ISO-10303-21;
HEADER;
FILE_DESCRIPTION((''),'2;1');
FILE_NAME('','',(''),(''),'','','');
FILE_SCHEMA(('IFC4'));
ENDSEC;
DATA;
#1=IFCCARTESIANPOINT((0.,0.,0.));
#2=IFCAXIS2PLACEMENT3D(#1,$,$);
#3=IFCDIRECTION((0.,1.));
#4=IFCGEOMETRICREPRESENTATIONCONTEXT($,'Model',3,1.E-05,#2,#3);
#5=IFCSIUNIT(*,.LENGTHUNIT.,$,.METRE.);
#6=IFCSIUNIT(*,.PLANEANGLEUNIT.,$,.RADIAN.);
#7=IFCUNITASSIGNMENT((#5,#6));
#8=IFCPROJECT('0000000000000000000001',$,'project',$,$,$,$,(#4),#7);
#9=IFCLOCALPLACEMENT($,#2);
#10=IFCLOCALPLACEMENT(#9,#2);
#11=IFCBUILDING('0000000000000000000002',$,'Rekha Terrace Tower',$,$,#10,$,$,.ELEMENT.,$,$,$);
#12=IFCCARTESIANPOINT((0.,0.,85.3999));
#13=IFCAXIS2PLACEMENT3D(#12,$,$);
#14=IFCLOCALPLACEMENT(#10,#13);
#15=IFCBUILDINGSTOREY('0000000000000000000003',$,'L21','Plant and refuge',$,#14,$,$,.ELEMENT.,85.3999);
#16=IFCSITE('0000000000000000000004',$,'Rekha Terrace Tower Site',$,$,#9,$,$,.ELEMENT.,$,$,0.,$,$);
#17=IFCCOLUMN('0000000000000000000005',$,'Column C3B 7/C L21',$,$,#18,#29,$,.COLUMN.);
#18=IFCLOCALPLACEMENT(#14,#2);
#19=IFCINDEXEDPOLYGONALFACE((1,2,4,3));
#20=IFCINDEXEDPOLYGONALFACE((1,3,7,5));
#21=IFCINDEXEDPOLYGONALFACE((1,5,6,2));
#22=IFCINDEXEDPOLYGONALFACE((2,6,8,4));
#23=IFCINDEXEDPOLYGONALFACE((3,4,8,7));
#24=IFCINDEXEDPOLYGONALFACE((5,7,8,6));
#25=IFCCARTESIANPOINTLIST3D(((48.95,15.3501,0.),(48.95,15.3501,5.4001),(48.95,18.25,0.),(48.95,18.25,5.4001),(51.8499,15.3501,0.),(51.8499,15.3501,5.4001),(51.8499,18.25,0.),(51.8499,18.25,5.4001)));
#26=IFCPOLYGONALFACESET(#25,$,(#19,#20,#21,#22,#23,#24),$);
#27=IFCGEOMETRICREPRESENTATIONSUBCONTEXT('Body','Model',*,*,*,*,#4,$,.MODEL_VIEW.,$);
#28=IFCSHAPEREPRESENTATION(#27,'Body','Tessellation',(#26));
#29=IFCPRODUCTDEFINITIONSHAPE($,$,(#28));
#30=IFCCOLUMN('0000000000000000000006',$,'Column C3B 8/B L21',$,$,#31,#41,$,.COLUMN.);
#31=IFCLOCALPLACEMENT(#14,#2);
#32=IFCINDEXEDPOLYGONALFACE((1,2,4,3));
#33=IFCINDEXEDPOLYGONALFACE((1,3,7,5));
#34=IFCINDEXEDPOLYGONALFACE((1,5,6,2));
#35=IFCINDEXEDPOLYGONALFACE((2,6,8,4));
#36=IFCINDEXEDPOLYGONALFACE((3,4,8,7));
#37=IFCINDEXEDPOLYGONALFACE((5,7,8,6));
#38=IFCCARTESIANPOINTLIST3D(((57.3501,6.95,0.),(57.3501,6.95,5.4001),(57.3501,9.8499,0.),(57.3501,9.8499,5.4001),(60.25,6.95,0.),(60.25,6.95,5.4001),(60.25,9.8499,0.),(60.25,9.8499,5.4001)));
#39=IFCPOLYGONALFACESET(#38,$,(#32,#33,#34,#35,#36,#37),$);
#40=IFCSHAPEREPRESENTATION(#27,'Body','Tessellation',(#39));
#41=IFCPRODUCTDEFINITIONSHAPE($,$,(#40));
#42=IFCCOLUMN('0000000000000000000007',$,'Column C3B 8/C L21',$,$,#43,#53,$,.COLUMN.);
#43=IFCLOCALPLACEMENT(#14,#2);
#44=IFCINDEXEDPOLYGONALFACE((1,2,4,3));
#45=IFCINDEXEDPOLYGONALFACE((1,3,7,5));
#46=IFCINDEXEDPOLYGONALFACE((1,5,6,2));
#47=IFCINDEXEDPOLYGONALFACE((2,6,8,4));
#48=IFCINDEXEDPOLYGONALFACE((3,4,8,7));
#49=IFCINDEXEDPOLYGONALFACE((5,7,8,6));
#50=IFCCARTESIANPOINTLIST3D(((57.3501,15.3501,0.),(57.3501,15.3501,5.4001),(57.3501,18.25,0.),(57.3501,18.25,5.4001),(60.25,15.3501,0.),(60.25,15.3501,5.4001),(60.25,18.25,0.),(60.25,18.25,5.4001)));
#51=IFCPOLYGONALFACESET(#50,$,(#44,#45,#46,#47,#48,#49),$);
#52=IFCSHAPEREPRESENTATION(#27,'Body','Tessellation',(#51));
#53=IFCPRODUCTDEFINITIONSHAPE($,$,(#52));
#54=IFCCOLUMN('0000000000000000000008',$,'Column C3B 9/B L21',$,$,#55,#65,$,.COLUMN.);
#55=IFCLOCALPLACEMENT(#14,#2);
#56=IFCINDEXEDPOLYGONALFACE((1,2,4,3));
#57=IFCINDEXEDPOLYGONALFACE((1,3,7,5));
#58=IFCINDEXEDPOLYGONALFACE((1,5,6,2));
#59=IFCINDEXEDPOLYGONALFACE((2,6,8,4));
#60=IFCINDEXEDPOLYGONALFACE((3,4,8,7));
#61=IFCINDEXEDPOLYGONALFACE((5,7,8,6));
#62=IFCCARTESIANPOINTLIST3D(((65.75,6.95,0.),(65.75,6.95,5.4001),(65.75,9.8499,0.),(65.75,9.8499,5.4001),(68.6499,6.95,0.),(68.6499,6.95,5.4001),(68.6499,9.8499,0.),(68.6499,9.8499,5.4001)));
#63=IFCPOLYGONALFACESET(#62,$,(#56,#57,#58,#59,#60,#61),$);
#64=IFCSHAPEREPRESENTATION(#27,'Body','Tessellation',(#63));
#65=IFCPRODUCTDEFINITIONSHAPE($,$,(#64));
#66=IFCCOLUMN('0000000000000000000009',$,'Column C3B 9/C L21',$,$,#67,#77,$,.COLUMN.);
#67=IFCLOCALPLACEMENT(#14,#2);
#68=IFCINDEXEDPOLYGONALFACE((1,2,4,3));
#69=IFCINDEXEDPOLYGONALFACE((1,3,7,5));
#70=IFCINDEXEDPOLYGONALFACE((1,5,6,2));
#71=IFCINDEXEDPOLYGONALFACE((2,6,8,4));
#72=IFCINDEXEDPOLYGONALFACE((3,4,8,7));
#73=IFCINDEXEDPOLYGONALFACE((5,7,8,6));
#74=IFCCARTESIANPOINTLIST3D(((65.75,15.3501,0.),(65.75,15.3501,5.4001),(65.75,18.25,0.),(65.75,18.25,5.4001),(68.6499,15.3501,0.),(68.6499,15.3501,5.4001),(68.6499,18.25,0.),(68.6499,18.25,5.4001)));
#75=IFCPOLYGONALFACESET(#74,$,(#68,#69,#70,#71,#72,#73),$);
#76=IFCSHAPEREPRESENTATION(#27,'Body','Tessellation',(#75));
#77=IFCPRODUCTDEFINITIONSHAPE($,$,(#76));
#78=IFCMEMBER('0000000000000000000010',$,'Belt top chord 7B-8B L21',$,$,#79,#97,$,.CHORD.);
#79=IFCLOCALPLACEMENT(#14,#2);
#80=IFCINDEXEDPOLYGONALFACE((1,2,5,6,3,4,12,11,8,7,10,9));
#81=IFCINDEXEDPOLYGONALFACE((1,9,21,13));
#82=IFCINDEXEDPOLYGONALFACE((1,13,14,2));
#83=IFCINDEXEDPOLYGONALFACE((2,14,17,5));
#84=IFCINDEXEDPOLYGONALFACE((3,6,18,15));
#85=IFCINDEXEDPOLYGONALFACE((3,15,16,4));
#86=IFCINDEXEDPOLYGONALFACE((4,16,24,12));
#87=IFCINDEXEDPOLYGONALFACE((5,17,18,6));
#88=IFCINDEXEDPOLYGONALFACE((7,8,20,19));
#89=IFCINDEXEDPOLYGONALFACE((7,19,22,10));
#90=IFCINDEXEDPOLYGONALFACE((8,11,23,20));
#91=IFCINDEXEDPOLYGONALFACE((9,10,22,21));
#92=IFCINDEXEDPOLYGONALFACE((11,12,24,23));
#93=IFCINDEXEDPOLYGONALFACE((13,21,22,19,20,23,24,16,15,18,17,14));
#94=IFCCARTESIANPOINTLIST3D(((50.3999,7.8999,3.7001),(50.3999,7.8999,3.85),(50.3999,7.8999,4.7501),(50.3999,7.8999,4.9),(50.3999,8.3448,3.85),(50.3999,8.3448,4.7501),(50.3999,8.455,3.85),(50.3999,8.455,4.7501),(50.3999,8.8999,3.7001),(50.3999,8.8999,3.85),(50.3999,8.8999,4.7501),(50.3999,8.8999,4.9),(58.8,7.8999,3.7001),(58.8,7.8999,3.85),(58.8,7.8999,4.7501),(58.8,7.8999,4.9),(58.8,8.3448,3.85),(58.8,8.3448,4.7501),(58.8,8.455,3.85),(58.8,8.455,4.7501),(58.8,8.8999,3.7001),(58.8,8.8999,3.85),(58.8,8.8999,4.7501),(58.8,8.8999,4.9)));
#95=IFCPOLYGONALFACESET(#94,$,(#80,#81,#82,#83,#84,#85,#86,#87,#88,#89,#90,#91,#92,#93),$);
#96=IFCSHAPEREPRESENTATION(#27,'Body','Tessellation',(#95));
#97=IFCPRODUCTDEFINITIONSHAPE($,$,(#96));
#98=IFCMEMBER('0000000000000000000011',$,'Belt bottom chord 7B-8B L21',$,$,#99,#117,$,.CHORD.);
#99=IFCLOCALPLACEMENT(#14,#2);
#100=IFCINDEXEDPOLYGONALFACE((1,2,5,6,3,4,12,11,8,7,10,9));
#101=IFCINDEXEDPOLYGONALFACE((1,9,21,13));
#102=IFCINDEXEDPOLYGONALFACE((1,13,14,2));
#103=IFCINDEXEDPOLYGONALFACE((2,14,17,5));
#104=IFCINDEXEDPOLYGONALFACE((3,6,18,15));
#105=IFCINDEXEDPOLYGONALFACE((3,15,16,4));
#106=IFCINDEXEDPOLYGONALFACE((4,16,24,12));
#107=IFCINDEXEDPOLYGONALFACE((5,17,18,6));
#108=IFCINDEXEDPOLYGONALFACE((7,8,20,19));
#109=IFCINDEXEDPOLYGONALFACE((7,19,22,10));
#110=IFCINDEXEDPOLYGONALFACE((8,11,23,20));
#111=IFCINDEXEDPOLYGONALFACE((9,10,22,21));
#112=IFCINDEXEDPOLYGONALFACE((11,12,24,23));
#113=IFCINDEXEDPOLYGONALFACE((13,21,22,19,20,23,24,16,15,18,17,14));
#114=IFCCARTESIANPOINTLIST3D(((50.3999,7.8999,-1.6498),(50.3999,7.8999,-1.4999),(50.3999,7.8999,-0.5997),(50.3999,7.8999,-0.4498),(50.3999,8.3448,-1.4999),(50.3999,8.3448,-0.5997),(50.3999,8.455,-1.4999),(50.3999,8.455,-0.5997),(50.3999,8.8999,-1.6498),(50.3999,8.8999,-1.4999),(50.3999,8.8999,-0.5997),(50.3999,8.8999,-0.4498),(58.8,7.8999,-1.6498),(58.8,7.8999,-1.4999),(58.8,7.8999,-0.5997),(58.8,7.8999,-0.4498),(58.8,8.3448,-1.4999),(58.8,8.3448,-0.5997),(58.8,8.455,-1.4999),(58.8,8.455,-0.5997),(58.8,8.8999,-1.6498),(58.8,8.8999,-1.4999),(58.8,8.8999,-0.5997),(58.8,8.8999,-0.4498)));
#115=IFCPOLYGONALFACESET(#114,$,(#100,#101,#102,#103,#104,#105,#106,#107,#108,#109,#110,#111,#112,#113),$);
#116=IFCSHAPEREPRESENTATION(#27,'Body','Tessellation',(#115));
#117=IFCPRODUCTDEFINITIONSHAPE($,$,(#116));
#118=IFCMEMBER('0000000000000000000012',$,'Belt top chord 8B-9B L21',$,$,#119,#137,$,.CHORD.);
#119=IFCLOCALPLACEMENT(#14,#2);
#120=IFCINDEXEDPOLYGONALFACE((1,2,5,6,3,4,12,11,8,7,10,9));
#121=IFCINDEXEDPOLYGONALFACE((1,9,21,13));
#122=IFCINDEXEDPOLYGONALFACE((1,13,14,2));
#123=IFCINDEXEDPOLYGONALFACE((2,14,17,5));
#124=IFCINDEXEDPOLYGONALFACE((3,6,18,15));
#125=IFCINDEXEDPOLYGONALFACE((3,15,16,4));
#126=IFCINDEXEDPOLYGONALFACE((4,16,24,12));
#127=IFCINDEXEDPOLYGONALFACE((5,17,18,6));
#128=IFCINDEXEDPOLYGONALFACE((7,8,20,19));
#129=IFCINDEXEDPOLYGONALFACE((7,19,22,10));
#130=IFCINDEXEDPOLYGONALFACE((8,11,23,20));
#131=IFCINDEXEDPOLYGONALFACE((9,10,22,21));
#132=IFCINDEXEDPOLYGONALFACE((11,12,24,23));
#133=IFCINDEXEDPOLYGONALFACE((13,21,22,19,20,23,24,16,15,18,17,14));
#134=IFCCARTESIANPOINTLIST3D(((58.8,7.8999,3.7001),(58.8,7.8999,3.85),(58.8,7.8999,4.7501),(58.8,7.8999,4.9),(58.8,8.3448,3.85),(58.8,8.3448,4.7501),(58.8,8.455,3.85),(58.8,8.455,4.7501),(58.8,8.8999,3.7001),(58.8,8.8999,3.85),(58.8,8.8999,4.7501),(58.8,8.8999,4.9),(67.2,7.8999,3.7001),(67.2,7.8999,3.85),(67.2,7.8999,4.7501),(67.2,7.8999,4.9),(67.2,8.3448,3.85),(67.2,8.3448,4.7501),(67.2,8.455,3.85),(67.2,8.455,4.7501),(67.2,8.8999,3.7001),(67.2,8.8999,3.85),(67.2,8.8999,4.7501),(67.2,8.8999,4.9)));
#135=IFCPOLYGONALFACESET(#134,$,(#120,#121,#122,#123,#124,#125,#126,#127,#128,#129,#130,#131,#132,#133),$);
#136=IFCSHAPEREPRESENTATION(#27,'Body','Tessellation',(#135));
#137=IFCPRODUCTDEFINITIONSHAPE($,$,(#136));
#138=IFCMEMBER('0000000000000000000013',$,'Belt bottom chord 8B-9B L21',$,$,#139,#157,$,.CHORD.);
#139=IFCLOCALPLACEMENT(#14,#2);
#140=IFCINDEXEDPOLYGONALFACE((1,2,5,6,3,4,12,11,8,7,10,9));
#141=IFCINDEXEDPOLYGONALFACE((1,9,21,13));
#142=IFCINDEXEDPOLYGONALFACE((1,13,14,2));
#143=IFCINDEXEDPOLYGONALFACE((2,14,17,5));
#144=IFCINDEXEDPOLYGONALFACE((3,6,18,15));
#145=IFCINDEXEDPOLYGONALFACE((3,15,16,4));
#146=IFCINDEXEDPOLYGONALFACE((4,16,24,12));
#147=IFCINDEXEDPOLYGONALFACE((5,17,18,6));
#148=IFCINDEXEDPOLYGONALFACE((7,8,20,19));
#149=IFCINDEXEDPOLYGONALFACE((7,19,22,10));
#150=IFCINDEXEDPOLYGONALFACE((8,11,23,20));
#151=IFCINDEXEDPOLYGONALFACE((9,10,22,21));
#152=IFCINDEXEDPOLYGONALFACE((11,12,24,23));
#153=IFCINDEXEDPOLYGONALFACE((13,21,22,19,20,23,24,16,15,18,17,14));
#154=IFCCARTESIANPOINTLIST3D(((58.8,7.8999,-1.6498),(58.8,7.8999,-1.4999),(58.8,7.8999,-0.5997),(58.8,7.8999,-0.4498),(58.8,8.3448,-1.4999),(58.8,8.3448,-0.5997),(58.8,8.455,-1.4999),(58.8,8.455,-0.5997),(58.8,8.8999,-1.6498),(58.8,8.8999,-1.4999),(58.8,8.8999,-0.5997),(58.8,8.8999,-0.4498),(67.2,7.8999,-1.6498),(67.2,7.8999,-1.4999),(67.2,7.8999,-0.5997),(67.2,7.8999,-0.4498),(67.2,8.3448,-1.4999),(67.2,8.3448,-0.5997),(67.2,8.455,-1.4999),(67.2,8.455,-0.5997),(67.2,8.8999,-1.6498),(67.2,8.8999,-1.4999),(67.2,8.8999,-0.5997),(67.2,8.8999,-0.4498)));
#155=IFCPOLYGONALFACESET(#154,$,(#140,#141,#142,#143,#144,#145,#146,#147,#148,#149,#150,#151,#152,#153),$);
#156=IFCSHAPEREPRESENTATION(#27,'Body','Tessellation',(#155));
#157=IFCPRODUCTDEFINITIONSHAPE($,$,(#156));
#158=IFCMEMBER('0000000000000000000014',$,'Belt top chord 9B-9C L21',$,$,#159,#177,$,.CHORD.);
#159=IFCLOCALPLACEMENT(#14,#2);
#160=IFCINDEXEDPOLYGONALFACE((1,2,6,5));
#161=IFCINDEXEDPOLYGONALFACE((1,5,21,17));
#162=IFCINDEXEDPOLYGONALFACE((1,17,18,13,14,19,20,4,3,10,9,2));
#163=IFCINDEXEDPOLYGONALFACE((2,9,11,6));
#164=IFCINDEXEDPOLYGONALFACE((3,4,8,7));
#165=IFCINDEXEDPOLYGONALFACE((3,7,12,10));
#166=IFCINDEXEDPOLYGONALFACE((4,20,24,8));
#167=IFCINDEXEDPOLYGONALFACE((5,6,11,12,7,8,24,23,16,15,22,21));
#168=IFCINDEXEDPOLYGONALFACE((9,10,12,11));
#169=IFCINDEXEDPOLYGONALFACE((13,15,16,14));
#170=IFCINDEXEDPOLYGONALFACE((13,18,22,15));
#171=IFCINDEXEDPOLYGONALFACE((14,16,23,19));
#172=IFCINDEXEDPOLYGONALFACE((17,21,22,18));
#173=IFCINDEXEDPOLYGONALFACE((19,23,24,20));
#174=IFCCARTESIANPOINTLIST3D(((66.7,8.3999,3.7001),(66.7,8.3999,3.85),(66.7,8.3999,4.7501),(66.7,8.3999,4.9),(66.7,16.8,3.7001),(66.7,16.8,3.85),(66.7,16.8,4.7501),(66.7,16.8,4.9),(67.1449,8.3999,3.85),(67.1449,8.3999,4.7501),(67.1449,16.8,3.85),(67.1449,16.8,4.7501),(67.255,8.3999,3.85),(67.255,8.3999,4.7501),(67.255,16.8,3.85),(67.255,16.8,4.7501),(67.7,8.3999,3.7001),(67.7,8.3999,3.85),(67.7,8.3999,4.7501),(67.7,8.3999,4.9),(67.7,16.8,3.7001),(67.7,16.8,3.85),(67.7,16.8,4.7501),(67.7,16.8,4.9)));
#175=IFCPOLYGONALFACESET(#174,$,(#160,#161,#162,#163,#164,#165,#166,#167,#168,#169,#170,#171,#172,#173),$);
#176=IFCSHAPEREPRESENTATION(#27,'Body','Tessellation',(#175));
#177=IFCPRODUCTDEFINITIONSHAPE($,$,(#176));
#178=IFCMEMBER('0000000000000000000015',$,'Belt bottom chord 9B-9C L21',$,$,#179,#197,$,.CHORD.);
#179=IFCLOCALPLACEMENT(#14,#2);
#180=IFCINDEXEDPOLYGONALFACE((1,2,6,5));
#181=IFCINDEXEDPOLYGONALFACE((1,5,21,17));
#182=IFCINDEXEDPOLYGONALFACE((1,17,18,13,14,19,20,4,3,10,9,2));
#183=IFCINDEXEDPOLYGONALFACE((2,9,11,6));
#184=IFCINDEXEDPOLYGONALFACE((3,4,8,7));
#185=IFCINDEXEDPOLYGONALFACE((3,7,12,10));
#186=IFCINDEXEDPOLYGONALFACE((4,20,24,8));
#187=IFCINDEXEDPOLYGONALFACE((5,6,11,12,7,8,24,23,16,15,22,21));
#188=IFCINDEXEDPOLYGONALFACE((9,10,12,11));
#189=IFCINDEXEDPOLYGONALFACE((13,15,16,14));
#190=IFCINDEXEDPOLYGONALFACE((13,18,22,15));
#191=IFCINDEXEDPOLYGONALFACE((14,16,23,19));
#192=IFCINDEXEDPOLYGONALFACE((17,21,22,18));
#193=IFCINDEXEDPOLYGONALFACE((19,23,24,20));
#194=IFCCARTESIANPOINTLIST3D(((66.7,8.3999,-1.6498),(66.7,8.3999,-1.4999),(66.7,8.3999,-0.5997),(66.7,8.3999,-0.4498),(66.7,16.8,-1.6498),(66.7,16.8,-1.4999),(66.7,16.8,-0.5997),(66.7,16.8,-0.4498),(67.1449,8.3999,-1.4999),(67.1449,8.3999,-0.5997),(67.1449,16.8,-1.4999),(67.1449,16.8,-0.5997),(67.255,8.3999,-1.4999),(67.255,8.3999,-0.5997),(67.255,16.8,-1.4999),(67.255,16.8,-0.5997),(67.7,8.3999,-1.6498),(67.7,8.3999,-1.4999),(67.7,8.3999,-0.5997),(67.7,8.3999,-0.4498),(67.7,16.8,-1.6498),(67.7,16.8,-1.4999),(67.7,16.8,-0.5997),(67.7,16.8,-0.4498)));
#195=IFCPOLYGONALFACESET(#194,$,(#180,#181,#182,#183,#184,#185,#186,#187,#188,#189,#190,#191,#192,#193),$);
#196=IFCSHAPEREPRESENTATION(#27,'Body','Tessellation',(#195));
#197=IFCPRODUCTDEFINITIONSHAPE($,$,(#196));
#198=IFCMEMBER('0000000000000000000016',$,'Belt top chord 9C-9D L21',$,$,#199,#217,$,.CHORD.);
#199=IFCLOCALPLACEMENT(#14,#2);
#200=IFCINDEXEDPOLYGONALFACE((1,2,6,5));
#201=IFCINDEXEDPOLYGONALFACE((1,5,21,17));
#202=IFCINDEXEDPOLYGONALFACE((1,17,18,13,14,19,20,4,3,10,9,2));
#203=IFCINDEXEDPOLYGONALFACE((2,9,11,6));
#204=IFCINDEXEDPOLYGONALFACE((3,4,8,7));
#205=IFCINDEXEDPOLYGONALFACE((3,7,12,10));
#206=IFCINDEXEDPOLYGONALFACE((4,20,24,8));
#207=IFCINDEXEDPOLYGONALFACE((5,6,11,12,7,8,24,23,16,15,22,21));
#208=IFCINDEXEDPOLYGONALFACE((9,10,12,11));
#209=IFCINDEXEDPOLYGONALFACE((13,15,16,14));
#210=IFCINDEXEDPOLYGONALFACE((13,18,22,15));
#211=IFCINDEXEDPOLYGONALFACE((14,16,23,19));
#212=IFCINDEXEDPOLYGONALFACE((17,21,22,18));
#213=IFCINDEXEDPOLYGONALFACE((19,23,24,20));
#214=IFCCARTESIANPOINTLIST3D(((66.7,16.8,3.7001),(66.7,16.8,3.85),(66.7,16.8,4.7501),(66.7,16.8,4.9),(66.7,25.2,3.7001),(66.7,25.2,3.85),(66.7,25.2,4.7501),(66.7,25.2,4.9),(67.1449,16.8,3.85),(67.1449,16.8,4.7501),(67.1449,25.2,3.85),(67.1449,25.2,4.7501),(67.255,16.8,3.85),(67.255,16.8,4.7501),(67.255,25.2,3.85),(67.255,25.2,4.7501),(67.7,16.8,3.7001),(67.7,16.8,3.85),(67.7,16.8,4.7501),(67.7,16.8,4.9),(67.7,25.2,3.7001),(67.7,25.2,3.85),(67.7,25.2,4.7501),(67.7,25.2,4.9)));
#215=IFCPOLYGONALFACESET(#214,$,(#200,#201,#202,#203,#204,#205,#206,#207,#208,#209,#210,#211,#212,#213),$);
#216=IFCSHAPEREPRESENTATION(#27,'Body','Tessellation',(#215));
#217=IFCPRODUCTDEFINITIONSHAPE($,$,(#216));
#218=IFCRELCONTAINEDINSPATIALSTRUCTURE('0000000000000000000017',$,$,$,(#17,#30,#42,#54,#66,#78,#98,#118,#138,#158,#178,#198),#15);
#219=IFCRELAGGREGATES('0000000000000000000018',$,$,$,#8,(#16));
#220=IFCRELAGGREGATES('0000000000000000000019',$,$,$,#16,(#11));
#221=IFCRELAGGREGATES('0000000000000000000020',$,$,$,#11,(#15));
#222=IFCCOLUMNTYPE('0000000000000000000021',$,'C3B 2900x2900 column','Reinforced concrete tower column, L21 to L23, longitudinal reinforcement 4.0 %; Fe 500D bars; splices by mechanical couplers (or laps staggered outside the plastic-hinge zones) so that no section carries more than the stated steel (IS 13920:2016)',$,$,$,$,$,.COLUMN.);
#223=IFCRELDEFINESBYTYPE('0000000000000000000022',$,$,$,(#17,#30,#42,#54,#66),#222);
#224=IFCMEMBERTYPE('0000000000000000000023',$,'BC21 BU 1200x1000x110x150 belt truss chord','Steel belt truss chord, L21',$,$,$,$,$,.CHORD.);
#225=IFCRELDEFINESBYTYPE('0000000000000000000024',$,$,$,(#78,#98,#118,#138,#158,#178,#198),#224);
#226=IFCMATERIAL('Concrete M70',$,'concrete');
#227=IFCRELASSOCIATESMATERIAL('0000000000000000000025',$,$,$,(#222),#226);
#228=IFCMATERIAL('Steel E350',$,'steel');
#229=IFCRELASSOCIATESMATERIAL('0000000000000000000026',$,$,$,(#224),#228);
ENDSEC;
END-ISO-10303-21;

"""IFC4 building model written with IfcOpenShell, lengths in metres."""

from ifc_helpers import new_model, si_unit, direction, frame, origin, origin_2d, place, context, subcontext, project, spatial, rectangle, i_section, extrude, material, material_profile, profile_set, type_object, element, save


model = new_model("IFC4")

# Units and contexts
model_context = context("Model", 3, precision=1e-05, world=origin(), true_north=direction((0.0, 1.0)))
body_context = subcontext(model_context, "Body", "Model", "MODEL_VIEW")
ifc_project = project(units=[si_unit("LENGTHUNIT", "METRE"), si_unit("PLANEANGLEUNIT", "RADIAN")], contexts=[model_context])

# Site, building, storey
site_placement = place(None, origin())
site = spatial("IfcSite", under=ifc_project, at=site_placement, Name="Rekha Terrace Tower Site", CompositionType="ELEMENT", RefElevation=0.0)
building_placement = place(site_placement, origin())
building = spatial("IfcBuilding", under=site, at=building_placement, Name="Rekha Terrace Tower", CompositionType="ELEMENT")
storey_placement = place(building_placement, frame((0.0, 0.0, 85.3999)))
storey = spatial("IfcBuildingStorey", under=building, at=storey_placement, Name="L21", Description="Plant and refuge", CompositionType="ELEMENT", Elevation=85.3999)

# Columns
ifc_material_1 = material(Name="Concrete M70", Category="concrete")
ifc_material_profile_1 = material_profile(ifc_material_1, rectangle(XDim=2.8999, YDim=2.8999, at=origin_2d()), Name="RC 2900x2900")
ifc_profile_set_1 = profile_set([ifc_material_profile_1], Name="Concrete M70")
column_type = type_object("IfcColumnType", Name="C3B 2900x2900 column", Description="Reinforced concrete tower column, L21 to L23, longitudinal reinforcement 4.0 %; Fe 500D bars; splices by mechanical couplers (or laps staggered outside the plastic-hinge zones) so that no section carries more than the stated steel (IS 13920:2016)", PredefinedType="COLUMN", material=ifc_profile_set_1)
for number, where, z_axis, x_axis, name in (
    (1, (50.3999, 16.8, 0.0), (0.0, 0.0, 1.0), (1.0, 0.0, 0.0), "Column C3B 7/C L21"),
    (2, (58.8, 8.3999, 0.0), (0.0, 0.0, 1.0), (1.0, 0.0, 0.0), "Column C3B 8/B L21"),
    (3, (58.8, 16.8, 0.0), (0.0, 0.0, 1.0), (1.0, 0.0, 0.0), "Column C3B 8/C L21"),
    (4, (67.2, 8.3999, 0.0), (0.0, 0.0, 1.0), (1.0, 0.0, 0.0), "Column C3B 9/B L21"),
    (5, (67.2, 16.8, 0.0), (0.0, 0.0, 1.0), (1.0, 0.0, 0.0), "Column C3B 9/C L21"),
):
    element("IfcColumn", number, at=place(storey_placement, frame(where, z_axis=z_axis, x_axis=x_axis)), inside=storey, type_object=column_type, Name=name, PredefinedType="COLUMN", context=body_context, shape_type="SweptSolid", body=[
        extrude(rectangle(XDim=2.8999, YDim=2.8999, at=origin_2d()), origin(), (0.0, 0.0, 1.0), 5.4001),
    ])

# Members
ifc_material_2 = material(Name="Steel E350", Category="steel")
ifc_material_profile_2 = material_profile(ifc_material_2, i_section(OverallWidth=1.0, OverallDepth=1.2, WebThickness=0.1101, FlangeThickness=0.1499, at=origin_2d()), Name="BU 1200x1000x110x150")
ifc_profile_set_2 = profile_set([ifc_material_profile_2], Name="Steel E350")
member_type_1 = type_object("IfcMemberType", Name="BC21 BU 1200x1000x110x150 belt truss chord", Description="Steel belt truss chord, L21", PredefinedType="CHORD", material=ifc_profile_set_2)
for number, where, z_axis, x_axis, name in (
    (6, (50.3999, 8.3999, 4.3), (1.0, 0.0, 0.0), (0.0, 1.0, 0.0), "Belt top chord 7B-8B L21"),
    (7, (50.3999, 8.3999, -1.0498), (1.0, 0.0, 0.0), (0.0, 1.0, 0.0), "Belt bottom chord 7B-8B L21"),
):
    element("IfcMember", number, at=place(storey_placement, frame(where, z_axis=z_axis, x_axis=x_axis)), inside=storey, type_object=member_type_1, Name=name, PredefinedType="CHORD", context=body_context, shape_type="SweptSolid", body=[
        extrude(i_section(OverallWidth=1.0, OverallDepth=1.2, WebThickness=0.1101, FlangeThickness=0.1499, at=origin_2d()), origin(), (0.0, 0.0, 1.0), 8.4001),
    ])
for number, where, z_axis, x_axis, name in (
    (8, (58.8, 8.3999, 4.3), (1.0, 0.0, 0.0), (0.0, 1.0, 0.0), "Belt top chord 8B-9B L21"),
    (9, (58.8, 8.3999, -1.0498), (1.0, 0.0, 0.0), (0.0, 1.0, 0.0), "Belt bottom chord 8B-9B L21"),
):
    element("IfcMember", number, at=place(storey_placement, frame(where, z_axis=z_axis, x_axis=x_axis)), inside=storey, type_object=member_type_1, Name=name, PredefinedType="CHORD", context=body_context, shape_type="SweptSolid", body=[
        extrude(i_section(OverallWidth=1.0, OverallDepth=1.2, WebThickness=0.1101, FlangeThickness=0.1499, at=origin_2d()), origin(), (0.0, 0.0, 1.0), 8.3999),
    ])
for number, where, z_axis, x_axis, name in (
    (10, (67.2, 8.3999, 4.3), (0.0, 1.0, 0.0), (-1.0, 0.0, 0.0), "Belt top chord 9B-9C L21"),
    (11, (67.2, 8.3999, -1.0498), (0.0, 1.0, 0.0), (-1.0, 0.0, 0.0), "Belt bottom chord 9B-9C L21"),
):
    element("IfcMember", number, at=place(storey_placement, frame(where, z_axis=z_axis, x_axis=x_axis)), inside=storey, type_object=member_type_1, Name=name, PredefinedType="CHORD", context=body_context, shape_type="SweptSolid", body=[
        extrude(i_section(OverallWidth=1.0, OverallDepth=1.2, WebThickness=0.1101, FlangeThickness=0.1499, at=origin_2d()), origin(), (0.0, 0.0, 1.0), 8.4001),
    ])
member_1_placement = place(storey_placement, frame((67.2, 16.8, 4.3), z_axis=(0.0, 1.0, 0.0), x_axis=(-1.0, 0.0, 0.0)))
element("IfcMember", 12, at=member_1_placement, inside=storey, type_object=member_type_1, Name="Belt top chord 9C-9D L21", PredefinedType="CHORD", context=body_context, shape_type="SweptSolid", body=[
    extrude(i_section(OverallWidth=1.0, OverallDepth=1.2, WebThickness=0.1101, FlangeThickness=0.1499, at=origin_2d()), origin(), (0.0, 0.0, 1.0), 8.3999),
])

save(model, "model.ifc")
